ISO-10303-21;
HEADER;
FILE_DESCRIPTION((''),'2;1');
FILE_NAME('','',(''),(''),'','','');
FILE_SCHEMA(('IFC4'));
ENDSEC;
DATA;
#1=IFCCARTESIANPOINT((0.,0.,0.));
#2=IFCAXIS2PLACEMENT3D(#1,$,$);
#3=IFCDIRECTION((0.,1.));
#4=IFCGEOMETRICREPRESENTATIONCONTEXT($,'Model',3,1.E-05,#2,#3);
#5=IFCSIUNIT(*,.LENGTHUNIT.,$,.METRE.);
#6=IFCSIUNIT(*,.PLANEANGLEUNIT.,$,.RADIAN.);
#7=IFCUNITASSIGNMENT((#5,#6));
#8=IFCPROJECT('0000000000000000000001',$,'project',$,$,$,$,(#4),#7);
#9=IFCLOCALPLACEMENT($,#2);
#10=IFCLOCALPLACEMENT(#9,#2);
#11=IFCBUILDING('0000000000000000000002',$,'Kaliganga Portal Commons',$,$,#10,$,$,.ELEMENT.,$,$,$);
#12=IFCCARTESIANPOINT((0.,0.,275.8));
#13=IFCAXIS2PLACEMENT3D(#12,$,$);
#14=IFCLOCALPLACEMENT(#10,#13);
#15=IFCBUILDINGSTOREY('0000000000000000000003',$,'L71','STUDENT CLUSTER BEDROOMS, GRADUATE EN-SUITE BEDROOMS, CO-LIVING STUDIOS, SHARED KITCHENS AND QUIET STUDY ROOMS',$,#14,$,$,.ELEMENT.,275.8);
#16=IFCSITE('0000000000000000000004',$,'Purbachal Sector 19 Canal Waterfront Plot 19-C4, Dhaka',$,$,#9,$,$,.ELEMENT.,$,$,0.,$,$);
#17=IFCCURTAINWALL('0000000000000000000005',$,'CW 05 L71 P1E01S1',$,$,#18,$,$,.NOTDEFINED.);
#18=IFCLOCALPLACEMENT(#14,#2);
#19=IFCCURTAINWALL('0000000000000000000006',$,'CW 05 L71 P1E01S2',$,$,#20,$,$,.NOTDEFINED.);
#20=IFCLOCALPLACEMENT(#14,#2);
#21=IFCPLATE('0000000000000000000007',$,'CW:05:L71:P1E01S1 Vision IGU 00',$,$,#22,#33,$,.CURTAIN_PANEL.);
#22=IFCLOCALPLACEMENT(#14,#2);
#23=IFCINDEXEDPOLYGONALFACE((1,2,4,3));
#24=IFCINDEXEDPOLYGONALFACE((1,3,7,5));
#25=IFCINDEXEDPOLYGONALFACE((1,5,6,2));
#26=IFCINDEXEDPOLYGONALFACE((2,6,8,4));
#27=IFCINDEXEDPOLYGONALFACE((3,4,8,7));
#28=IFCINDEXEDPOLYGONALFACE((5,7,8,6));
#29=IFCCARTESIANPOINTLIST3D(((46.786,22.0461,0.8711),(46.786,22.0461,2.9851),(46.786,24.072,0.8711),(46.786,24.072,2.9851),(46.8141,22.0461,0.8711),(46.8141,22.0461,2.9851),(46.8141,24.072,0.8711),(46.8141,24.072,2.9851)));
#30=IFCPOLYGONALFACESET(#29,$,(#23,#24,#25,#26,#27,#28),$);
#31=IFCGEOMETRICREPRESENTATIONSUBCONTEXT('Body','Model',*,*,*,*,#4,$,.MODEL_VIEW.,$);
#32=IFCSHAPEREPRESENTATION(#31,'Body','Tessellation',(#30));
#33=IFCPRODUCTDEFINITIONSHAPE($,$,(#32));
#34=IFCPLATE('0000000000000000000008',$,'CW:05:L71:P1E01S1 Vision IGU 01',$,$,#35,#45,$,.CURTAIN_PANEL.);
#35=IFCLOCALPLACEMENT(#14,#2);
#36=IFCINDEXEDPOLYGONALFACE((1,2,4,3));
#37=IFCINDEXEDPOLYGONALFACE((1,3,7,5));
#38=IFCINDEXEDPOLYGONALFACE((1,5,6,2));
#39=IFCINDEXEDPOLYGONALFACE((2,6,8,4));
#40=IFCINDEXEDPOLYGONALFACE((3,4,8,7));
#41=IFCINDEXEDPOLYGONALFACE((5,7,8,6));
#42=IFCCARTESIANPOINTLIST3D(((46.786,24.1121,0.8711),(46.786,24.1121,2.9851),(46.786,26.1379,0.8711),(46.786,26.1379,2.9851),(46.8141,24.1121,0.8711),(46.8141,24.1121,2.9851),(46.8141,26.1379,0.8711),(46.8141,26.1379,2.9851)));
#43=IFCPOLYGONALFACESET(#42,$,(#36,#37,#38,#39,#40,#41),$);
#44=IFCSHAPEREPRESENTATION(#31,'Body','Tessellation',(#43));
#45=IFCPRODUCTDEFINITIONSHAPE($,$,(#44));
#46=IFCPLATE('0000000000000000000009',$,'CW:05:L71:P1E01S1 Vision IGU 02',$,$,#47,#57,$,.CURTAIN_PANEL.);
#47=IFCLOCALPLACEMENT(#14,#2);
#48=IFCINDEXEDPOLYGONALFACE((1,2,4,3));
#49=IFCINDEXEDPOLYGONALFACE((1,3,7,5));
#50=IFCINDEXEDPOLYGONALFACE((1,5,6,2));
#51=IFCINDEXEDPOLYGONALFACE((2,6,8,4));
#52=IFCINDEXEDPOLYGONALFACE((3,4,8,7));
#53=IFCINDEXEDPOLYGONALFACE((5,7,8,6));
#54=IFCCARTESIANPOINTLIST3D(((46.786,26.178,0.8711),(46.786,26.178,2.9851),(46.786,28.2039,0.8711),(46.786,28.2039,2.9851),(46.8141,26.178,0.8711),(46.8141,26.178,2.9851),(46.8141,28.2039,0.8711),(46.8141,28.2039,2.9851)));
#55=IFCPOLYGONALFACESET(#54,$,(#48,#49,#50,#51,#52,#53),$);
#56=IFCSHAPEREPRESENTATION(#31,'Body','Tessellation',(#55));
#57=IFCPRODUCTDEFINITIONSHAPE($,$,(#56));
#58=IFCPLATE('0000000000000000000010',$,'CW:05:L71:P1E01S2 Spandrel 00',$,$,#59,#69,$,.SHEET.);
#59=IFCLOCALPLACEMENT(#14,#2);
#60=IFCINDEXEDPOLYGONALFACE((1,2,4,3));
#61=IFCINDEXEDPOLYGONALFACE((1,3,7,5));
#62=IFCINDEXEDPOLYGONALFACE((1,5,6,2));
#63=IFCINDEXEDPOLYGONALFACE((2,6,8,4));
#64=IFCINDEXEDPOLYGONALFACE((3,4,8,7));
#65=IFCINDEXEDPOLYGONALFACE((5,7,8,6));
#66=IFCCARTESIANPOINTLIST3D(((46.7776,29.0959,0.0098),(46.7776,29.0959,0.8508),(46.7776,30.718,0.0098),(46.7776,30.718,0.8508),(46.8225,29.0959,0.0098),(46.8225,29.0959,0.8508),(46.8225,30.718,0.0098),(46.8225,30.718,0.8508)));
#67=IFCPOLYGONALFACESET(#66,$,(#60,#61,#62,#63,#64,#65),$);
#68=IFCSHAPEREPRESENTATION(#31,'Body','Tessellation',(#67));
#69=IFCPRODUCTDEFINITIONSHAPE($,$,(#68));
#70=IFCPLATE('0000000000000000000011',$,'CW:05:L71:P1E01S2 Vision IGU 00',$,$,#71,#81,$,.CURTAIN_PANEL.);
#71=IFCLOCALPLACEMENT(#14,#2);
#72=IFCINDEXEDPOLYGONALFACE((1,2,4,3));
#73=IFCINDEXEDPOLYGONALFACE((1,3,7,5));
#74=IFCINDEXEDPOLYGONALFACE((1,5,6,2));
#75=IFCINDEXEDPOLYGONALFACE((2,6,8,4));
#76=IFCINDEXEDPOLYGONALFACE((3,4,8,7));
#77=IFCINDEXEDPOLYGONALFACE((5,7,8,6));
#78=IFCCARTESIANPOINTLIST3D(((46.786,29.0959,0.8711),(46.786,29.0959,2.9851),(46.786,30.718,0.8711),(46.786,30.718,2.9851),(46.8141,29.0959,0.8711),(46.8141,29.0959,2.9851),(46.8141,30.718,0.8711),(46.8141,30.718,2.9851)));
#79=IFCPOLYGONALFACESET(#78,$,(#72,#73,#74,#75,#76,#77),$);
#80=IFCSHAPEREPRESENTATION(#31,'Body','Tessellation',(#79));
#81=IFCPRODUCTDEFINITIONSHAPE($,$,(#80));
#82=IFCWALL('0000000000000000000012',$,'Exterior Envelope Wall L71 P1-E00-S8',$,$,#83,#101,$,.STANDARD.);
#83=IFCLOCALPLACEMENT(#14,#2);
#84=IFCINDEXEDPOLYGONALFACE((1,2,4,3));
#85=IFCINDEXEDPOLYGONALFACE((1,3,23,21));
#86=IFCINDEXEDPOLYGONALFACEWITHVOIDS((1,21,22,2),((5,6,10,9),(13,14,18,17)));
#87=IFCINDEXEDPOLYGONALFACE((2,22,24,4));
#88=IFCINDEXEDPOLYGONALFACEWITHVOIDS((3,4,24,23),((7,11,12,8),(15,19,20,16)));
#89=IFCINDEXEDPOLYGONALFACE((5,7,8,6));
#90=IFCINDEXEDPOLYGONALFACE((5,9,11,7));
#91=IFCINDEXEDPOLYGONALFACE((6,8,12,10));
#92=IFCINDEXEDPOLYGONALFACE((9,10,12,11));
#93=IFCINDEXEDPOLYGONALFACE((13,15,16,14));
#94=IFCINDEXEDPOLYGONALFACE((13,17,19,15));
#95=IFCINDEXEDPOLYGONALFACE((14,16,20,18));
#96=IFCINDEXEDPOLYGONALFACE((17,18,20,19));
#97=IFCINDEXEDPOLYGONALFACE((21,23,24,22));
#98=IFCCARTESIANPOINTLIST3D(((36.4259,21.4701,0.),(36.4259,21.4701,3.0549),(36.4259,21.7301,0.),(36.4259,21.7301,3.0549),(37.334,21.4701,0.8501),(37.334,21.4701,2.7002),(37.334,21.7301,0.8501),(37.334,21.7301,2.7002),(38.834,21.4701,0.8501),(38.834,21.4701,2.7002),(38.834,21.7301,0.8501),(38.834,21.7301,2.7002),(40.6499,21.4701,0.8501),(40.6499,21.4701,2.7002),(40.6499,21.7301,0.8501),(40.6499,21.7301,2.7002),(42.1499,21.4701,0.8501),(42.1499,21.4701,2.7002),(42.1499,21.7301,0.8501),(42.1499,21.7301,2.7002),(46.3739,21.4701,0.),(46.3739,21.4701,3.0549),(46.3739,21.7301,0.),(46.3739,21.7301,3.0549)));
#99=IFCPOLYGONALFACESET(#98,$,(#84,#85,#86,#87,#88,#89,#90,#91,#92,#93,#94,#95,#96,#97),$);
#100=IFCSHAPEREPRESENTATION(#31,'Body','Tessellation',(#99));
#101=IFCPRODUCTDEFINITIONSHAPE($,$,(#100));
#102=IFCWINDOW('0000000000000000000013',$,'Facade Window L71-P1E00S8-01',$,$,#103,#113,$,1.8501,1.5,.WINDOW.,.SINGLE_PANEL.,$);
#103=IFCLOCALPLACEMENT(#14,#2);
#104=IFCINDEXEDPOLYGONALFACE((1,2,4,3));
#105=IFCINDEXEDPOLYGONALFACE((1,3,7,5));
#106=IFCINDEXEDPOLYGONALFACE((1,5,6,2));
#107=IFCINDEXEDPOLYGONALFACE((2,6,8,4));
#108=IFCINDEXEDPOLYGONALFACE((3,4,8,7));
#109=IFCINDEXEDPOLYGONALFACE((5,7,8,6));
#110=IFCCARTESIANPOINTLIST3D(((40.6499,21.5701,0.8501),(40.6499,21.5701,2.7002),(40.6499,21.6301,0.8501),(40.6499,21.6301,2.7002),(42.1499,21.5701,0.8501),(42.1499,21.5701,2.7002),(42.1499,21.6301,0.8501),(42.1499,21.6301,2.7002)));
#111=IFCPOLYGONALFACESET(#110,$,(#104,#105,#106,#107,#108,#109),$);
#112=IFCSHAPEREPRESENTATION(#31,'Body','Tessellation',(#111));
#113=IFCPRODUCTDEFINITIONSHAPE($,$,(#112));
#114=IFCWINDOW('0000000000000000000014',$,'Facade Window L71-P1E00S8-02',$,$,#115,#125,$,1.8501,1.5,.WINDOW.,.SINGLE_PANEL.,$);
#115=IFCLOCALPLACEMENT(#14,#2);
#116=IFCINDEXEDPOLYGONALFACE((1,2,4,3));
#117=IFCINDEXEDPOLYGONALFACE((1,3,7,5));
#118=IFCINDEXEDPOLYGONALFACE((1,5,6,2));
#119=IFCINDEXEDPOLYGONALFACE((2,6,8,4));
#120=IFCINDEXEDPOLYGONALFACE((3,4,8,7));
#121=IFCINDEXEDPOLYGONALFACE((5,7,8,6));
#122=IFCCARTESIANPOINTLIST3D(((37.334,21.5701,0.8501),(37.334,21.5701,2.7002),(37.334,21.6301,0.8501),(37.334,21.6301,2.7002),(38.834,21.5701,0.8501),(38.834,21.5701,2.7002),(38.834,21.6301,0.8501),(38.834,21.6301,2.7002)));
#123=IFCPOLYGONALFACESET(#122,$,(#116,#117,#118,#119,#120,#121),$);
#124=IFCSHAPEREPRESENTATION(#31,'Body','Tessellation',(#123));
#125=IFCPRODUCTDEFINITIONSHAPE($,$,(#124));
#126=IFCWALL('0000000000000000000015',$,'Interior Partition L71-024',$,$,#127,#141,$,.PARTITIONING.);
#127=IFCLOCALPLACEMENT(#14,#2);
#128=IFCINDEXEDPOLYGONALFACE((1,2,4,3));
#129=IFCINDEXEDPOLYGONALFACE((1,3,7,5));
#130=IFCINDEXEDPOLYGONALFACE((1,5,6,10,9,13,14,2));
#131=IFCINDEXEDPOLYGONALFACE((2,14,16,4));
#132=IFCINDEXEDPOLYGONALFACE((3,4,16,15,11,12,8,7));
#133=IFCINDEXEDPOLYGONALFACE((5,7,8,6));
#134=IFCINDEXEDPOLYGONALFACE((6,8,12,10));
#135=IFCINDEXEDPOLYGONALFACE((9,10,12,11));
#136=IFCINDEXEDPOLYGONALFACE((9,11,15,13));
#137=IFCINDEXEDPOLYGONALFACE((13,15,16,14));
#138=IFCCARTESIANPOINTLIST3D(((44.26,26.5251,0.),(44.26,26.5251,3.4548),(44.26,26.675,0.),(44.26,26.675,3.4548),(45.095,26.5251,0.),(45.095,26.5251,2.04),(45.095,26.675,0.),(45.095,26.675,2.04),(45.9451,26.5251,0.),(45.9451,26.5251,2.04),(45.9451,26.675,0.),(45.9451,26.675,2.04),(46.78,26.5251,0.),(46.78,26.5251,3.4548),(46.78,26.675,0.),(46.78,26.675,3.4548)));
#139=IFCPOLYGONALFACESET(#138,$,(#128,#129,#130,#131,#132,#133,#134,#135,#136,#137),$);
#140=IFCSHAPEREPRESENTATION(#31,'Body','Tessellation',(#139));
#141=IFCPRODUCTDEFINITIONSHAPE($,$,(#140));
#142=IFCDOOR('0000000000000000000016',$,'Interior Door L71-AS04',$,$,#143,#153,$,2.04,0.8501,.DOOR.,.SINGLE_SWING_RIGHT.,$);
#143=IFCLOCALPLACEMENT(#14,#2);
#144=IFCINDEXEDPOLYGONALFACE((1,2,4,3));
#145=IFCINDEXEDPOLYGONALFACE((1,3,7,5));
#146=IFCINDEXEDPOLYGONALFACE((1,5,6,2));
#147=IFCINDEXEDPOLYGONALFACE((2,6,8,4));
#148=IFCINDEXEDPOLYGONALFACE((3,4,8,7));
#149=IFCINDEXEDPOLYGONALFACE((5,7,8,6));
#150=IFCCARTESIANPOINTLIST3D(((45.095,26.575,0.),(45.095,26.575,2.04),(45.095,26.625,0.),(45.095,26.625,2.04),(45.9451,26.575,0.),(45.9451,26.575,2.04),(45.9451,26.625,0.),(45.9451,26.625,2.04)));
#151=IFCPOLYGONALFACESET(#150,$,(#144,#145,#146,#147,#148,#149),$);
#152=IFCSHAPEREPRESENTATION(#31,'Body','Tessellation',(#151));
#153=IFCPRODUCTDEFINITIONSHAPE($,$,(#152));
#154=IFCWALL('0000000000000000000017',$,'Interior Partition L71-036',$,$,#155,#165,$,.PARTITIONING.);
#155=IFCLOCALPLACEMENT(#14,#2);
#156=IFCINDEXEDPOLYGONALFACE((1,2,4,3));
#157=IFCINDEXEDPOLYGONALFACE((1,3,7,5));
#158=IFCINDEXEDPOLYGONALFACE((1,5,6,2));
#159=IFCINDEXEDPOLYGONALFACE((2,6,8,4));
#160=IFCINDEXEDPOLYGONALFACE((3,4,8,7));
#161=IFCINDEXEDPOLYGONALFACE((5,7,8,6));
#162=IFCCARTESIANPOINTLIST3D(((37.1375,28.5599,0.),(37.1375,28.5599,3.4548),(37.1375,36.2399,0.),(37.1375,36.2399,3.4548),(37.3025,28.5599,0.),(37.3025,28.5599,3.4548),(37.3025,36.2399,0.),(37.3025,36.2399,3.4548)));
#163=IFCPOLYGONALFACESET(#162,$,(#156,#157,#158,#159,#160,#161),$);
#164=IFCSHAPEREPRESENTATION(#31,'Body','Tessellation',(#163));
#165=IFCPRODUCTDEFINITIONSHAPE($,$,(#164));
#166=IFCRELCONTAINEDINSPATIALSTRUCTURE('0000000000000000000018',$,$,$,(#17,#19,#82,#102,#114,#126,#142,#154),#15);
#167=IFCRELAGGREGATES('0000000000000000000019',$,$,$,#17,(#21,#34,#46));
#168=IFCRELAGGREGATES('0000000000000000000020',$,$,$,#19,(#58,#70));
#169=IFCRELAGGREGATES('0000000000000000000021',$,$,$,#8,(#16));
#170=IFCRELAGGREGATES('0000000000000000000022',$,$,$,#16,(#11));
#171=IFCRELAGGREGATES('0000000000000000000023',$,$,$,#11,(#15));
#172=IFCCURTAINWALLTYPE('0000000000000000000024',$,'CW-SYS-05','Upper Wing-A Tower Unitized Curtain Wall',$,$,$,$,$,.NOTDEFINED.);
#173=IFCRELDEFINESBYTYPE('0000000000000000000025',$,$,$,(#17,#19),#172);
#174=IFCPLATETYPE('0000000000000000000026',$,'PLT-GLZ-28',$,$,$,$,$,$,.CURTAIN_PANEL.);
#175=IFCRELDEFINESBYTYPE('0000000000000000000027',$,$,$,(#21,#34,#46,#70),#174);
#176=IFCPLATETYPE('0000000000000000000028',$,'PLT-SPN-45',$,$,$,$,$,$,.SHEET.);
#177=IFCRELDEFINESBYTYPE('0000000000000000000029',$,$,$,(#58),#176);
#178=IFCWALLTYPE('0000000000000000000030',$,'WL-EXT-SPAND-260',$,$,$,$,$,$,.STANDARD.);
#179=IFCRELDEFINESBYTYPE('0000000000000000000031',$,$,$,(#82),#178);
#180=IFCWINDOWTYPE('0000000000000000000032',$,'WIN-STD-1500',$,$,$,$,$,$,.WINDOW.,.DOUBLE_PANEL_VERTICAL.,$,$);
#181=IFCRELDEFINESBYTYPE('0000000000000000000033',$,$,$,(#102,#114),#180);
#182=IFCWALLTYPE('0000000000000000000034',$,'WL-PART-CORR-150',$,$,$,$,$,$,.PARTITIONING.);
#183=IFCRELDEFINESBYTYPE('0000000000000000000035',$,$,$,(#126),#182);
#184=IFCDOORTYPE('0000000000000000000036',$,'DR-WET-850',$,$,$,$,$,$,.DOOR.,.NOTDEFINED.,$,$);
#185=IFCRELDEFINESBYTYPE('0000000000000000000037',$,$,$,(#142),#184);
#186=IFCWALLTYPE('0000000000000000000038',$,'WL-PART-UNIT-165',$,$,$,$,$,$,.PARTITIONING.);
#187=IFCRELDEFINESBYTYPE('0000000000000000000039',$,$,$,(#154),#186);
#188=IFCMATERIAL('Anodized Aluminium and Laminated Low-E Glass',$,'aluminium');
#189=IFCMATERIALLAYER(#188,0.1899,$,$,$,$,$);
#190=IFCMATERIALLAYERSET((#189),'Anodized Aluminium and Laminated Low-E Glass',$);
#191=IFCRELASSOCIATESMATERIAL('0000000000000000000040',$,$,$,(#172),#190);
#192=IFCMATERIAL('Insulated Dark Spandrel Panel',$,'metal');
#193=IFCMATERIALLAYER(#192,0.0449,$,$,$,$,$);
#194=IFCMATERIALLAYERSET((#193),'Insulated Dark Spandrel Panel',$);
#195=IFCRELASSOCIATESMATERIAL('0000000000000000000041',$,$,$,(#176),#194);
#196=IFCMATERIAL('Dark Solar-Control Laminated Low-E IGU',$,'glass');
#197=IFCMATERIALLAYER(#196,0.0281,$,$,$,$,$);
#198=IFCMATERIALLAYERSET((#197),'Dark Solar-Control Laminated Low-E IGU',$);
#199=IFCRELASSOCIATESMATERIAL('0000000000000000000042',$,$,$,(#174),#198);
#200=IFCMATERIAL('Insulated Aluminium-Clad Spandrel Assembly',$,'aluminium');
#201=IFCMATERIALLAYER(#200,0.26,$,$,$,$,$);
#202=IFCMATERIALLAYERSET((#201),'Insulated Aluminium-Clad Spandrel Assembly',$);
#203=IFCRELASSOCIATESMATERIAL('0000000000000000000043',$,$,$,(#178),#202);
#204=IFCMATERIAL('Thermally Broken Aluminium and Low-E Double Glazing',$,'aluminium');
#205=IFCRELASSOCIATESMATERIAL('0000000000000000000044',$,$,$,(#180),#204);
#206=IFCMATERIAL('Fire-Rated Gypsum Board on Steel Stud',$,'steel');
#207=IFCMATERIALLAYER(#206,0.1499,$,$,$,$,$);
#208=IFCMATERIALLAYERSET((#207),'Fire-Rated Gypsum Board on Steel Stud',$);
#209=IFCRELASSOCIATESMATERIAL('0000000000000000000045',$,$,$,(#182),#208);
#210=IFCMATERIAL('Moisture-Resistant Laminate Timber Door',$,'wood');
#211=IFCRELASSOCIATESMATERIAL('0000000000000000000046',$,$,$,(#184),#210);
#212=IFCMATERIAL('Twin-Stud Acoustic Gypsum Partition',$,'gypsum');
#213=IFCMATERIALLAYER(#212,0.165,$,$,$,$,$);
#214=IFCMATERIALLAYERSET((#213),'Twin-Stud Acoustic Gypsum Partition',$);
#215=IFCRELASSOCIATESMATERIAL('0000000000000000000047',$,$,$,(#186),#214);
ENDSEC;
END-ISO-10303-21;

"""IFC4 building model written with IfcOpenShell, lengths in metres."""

from ifc_helpers import new_model, si_unit, direction, frame, frame_2d, origin, origin_2d, place, context, subcontext, project, spatial, rectangle, extrude, source, transform, mapped, material, layer, layer_set, type_object, element, fill, aggregate, save


model = new_model("IFC4")

# Units and contexts
model_context = context("Model", 3, precision=1e-05, world=origin(), true_north=direction((0.0, 1.0)))
body_context = subcontext(model_context, "Body", "Model", "MODEL_VIEW")
ifc_project = project(units=[si_unit("LENGTHUNIT", "METRE"), si_unit("PLANEANGLEUNIT", "RADIAN")], contexts=[model_context])

# Site, building, storey
site_placement = place(None, origin())
site = spatial("IfcSite", under=ifc_project, at=site_placement, Name="Purbachal Sector 19 Canal Waterfront Plot 19-C4, Dhaka", CompositionType="ELEMENT", RefElevation=0.0)
building_placement = place(site_placement, origin())
building = spatial("IfcBuilding", under=site, at=building_placement, Name="Kaliganga Portal Commons", CompositionType="ELEMENT")
storey_placement = place(building_placement, frame((0.0, 0.0, 275.8)))
storey = spatial("IfcBuildingStorey", under=building, at=storey_placement, Name="L71", Description="STUDENT CLUSTER BEDROOMS, GRADUATE EN-SUITE BEDROOMS, CO-LIVING STUDIOS, SHARED KITCHENS AND QUIET STUDY ROOMS", CompositionType="ELEMENT", Elevation=275.8)

# Curtain wall
ifc_material_1 = material(Name="Anodized Aluminium and Laminated Low-E Glass", Category="aluminium")
ifc_layer_1 = layer(ifc_material_1, 0.1899)
ifc_layer_set_1 = layer_set([ifc_layer_1], Name="Anodized Aluminium and Laminated Low-E Glass")
curtain_wall_type = type_object("IfcCurtainWallType", Name="CW-SYS-05", Description="Upper Wing-A Tower Unitized Curtain Wall", PredefinedType="NOTDEFINED", material=ifc_layer_set_1)
curtain_wall_1_placement = place(storey_placement, origin())
curtain_wall_1 = element("IfcCurtainWall", 1, at=curtain_wall_1_placement, inside=storey, type_object=curtain_wall_type, Name="CW 05 L71 P1E01S1", PredefinedType="NOTDEFINED")

# Curtain wall
curtain_wall_2_placement = place(storey_placement, origin())
curtain_wall_2 = element("IfcCurtainWall", 2, at=curtain_wall_2_placement, inside=storey, type_object=curtain_wall_type, Name="CW 05 L71 P1E01S2", PredefinedType="NOTDEFINED")

# Plates
ifc_material_2 = material(Name="Insulated Dark Spandrel Panel", Category="metal")
ifc_layer_2 = layer(ifc_material_2, 0.0449)
ifc_layer_set_2 = layer_set([ifc_layer_2], Name="Insulated Dark Spandrel Panel")
plate_type_1 = type_object("IfcPlateType", Name="PLT-SPN-45", PredefinedType="SHEET", material=ifc_layer_set_2)
ifc_material_3 = material(Name="Dark Solar-Control Laminated Low-E IGU", Category="glass")
ifc_layer_3 = layer(ifc_material_3, 0.0281)
ifc_layer_set_3 = layer_set([ifc_layer_3], Name="Dark Solar-Control Laminated Low-E IGU")
plate_type_2 = type_object("IfcPlateType", Name="PLT-GLZ-28", PredefinedType="CURTAIN_PANEL", material=ifc_layer_set_3)
shared_shape_1 = source(origin(), body_context, "Body", "SweptSolid", [
    extrude(rectangle(XDim=2.0259, YDim=0.0281, at=origin_2d()), origin(), (0.0, 0.0, 1.0), 2.114),
])
plate_1_placement = place(storey_placement, frame((46.8, 23.0591, 0.8711), z_axis=(0.0, 0.0, 1.0), x_axis=(0.0, 1.0, 0.0)))
plate_1 = element("IfcPlate", 3, at=plate_1_placement, type_object=plate_type_2, Name="CW:05:L71:P1E01S1 Vision IGU 00", PredefinedType="CURTAIN_PANEL", context=body_context, shape_type="MappedRepresentation", body=[
    mapped(shared_shape_1, transform((0.0, 0.0, 0.0), x_axis=(1.0, 0.0, 0.0), y_axis=(0.0, 1.0, 0.0), z_axis=(0.0, 0.0, 1.0), scale=1.0)),
])
plate_2_placement = place(storey_placement, frame((46.8, 25.125, 0.8711), z_axis=(0.0, 0.0, 1.0), x_axis=(0.0, 1.0, 0.0)))
plate_2 = element("IfcPlate", 4, at=plate_2_placement, type_object=plate_type_2, Name="CW:05:L71:P1E01S1 Vision IGU 01", PredefinedType="CURTAIN_PANEL", context=body_context, shape_type="MappedRepresentation", body=[
    mapped(shared_shape_1, transform((0.0, 0.0, 0.0), x_axis=(1.0, 0.0, 0.0), y_axis=(0.0, 1.0, 0.0), z_axis=(0.0, 0.0, 1.0), scale=1.0)),
])
plate_3_placement = place(storey_placement, frame((46.8, 27.1909, 0.8711), z_axis=(0.0, 0.0, 1.0), x_axis=(0.0, 1.0, 0.0)))
plate_3 = element("IfcPlate", 5, at=plate_3_placement, type_object=plate_type_2, Name="CW:05:L71:P1E01S1 Vision IGU 02", PredefinedType="CURTAIN_PANEL", context=body_context, shape_type="MappedRepresentation", body=[
    mapped(shared_shape_1, transform((0.0, 0.0, 0.0), x_axis=(1.0, 0.0, 0.0), y_axis=(0.0, 1.0, 0.0), z_axis=(0.0, 0.0, 1.0), scale=1.0)),
])
aggregate(curtain_wall_1, [plate_1, plate_2, plate_3])
shared_shape_2 = source(origin(), body_context, "Body", "SweptSolid", [
    extrude(rectangle(XDim=1.6221, YDim=0.0449, at=origin_2d()), origin(), (0.0, 0.0, 1.0), 0.8411),
])
plate_4_placement = place(storey_placement, frame((46.8, 29.907, 0.0098), z_axis=(0.0, 0.0, 1.0), x_axis=(0.0, 1.0, 0.0)))
plate_4 = element("IfcPlate", 6, at=plate_4_placement, type_object=plate_type_1, Name="CW:05:L71:P1E01S2 Spandrel 00", PredefinedType="SHEET", context=body_context, shape_type="MappedRepresentation", body=[
    mapped(shared_shape_2, transform((0.0, 0.0, 0.0), x_axis=(1.0, 0.0, 0.0), y_axis=(0.0, 1.0, 0.0), z_axis=(0.0, 0.0, 1.0), scale=1.0)),
])
shared_shape_3 = source(origin(), body_context, "Body", "SweptSolid", [
    extrude(rectangle(XDim=1.6221, YDim=0.0281, at=origin_2d()), origin(), (0.0, 0.0, 1.0), 2.114),
])
plate_5_placement = place(storey_placement, frame((46.8, 29.907, 0.8711), z_axis=(0.0, 0.0, 1.0), x_axis=(0.0, 1.0, 0.0)))
plate_5 = element("IfcPlate", 7, at=plate_5_placement, type_object=plate_type_2, Name="CW:05:L71:P1E01S2 Vision IGU 00", PredefinedType="CURTAIN_PANEL", context=body_context, shape_type="MappedRepresentation", body=[
    mapped(shared_shape_3, transform((0.0, 0.0, 0.0), x_axis=(1.0, 0.0, 0.0), y_axis=(0.0, 1.0, 0.0), z_axis=(0.0, 0.0, 1.0), scale=1.0)),
])
aggregate(curtain_wall_2, [plate_4, plate_5])

# Wall, openings, windows
ifc_material_4 = material(Name="Insulated Aluminium-Clad Spandrel Assembly", Category="aluminium")
ifc_layer_4 = layer(ifc_material_4, 0.26)
ifc_layer_set_4 = layer_set([ifc_layer_4], Name="Insulated Aluminium-Clad Spandrel Assembly")
wall_type_1 = type_object("IfcWallType", Name="WL-EXT-SPAND-260", PredefinedType="STANDARD", material=ifc_layer_set_4)
wall_1_placement = place(storey_placement, frame((46.374, 21.6001, 0.0), z_axis=(0.0, 0.0, 1.0), x_axis=(-1.0, 0.0, 0.0)))
wall_1 = element("IfcWall", 8, at=wall_1_placement, inside=storey, type_object=wall_type_1, Name="Exterior Envelope Wall L71 P1-E00-S8", PredefinedType="STANDARD", context=body_context, shape_type="SweptSolid", body=[
    extrude(rectangle(XDim=9.948, YDim=0.26, at=frame_2d((4.9741, 0.0))), origin(), (0.0, 0.0, 1.0), 3.0549),
])
opening_1_placement = place(wall_1_placement, frame((4.2241, 0.0, 0.8501)))
opening_1 = element("IfcOpeningElement", 9, at=opening_1_placement, cuts=wall_1, PredefinedType="OPENING", context=body_context, shape_type="SweptSolid", body=[
    extrude(rectangle(XDim=1.5, YDim=1.8501, at=frame_2d((0.75, 0.925))), frame((0.0, 0.1401, 0.0), z_axis=(0.0, -1.0, 0.0), x_axis=(1.0, 0.0, 0.0)), (0.0, 0.0, 1.0), 0.28),
])
opening_2_placement = place(wall_1_placement, frame((7.54, 0.0, 0.8501)))
opening_2 = element("IfcOpeningElement", 10, at=opening_2_placement, cuts=wall_1, PredefinedType="OPENING", context=body_context, shape_type="SweptSolid", body=[
    extrude(rectangle(XDim=1.5, YDim=1.8501, at=frame_2d((0.75, 0.925))), frame((0.0, 0.1401, 0.0), z_axis=(0.0, -1.0, 0.0), x_axis=(1.0, 0.0, 0.0)), (0.0, 0.0, 1.0), 0.28),
])
ifc_material_5 = material(Name="Thermally Broken Aluminium and Low-E Double Glazing", Category="aluminium")
window_type = type_object("IfcWindowType", Name="WIN-STD-1500", PartitioningType="DOUBLE_PANEL_VERTICAL", PredefinedType="WINDOW", material=ifc_material_5)
window_1_placement = place(opening_1_placement, origin())
window_1 = element("IfcWindow", 11, at=window_1_placement, inside=storey, type_object=window_type, Name="Facade Window L71-P1E00S8-01", OverallHeight=1.8501, OverallWidth=1.5, PartitioningType="SINGLE_PANEL", PredefinedType="WINDOW", context=body_context, shape_type="SweptSolid", body=[
    extrude(rectangle(XDim=1.5, YDim=1.8501, at=frame_2d((0.75, 0.925))), frame((0.0, 0.03, 0.0), z_axis=(0.0, -1.0, 0.0), x_axis=(1.0, 0.0, 0.0)), (0.0, 0.0, 1.0), 0.0601),
])
fill(opening_1, window_1)
window_2_placement = place(opening_2_placement, origin())
window_2 = element("IfcWindow", 12, at=window_2_placement, inside=storey, type_object=window_type, Name="Facade Window L71-P1E00S8-02", OverallHeight=1.8501, OverallWidth=1.5, PartitioningType="SINGLE_PANEL", PredefinedType="WINDOW", context=body_context, shape_type="SweptSolid", body=[
    extrude(rectangle(XDim=1.5, YDim=1.8501, at=frame_2d((0.75, 0.925))), frame((0.0, 0.03, 0.0), z_axis=(0.0, -1.0, 0.0), x_axis=(1.0, 0.0, 0.0)), (0.0, 0.0, 1.0), 0.0601),
])
fill(opening_2, window_2)

# Wall, opening, door
ifc_material_6 = material(Name="Fire-Rated Gypsum Board on Steel Stud", Category="steel")
ifc_layer_5 = layer(ifc_material_6, 0.1499)
ifc_layer_set_5 = layer_set([ifc_layer_5], Name="Fire-Rated Gypsum Board on Steel Stud")
wall_type_2 = type_object("IfcWallType", Name="WL-PART-CORR-150", PredefinedType="PARTITIONING", material=ifc_layer_set_5)
wall_2_placement = place(storey_placement, frame((44.26, 26.6001, 0.0), z_axis=(0.0, 0.0, 1.0), x_axis=(1.0, 0.0, 0.0)))
wall_2 = element("IfcWall", 13, at=wall_2_placement, inside=storey, type_object=wall_type_2, Name="Interior Partition L71-024", PredefinedType="PARTITIONING", context=body_context, shape_type="SweptSolid", body=[
    extrude(rectangle(XDim=2.52, YDim=0.1499, at=frame_2d((1.26, 0.0))), origin(), (0.0, 0.0, 1.0), 3.4548),
])
opening_3_placement = place(wall_2_placement, frame((0.835, 0.0, 0.0)))
opening_3 = element("IfcOpeningElement", 14, at=opening_3_placement, cuts=wall_2, PredefinedType="OPENING", context=body_context, shape_type="SweptSolid", body=[
    extrude(rectangle(XDim=0.8501, YDim=2.04, at=frame_2d((0.425, 1.02))), frame((0.0, 0.085, 0.0), z_axis=(0.0, -1.0, 0.0), x_axis=(1.0, 0.0, 0.0)), (0.0, 0.0, 1.0), 0.1699),
])
ifc_material_7 = material(Name="Moisture-Resistant Laminate Timber Door", Category="wood")
door_type_1 = type_object("IfcDoorType", Name="DR-WET-850", OperationType="NOTDEFINED", PredefinedType="DOOR", material=ifc_material_7)
door_1_placement = place(opening_3_placement, origin())
door_1 = element("IfcDoor", 15, at=door_1_placement, inside=storey, type_object=door_type_1, Name="Interior Door L71-AS04", OperationType="SINGLE_SWING_RIGHT", OverallHeight=2.04, OverallWidth=0.8501, PredefinedType="DOOR", context=body_context, shape_type="SweptSolid", body=[
    extrude(rectangle(XDim=0.8501, YDim=2.04, at=frame_2d((0.425, 1.02))), frame((0.0, 0.0249, 0.0), z_axis=(0.0, -1.0, 0.0), x_axis=(1.0, 0.0, 0.0)), (0.0, 0.0, 1.0), 0.05),
])
fill(opening_3, door_1)

# Wall
ifc_material_8 = material(Name="Twin-Stud Acoustic Gypsum Partition", Category="gypsum")
ifc_layer_6 = layer(ifc_material_8, 0.165)
ifc_layer_set_6 = layer_set([ifc_layer_6], Name="Twin-Stud Acoustic Gypsum Partition")
wall_type_3 = type_object("IfcWallType", Name="WL-PART-UNIT-165", PredefinedType="PARTITIONING", material=ifc_layer_set_6)
for number, where, z_axis, x_axis, name in (
    (16, (37.22, 28.5601, 0.0), (0.0, 0.0, 1.0), (0.0, 1.0, 0.0), "Interior Partition L71-036"),
):
    element("IfcWall", number, at=place(storey_placement, frame(where, z_axis=z_axis, x_axis=x_axis)), inside=storey, type_object=wall_type_3, Name=name, PredefinedType="PARTITIONING", context=body_context, shape_type="SweptSolid", body=[
        extrude(rectangle(XDim=7.6799, YDim=0.165, at=frame_2d((3.8398, 0.0))), origin(), (0.0, 0.0, 1.0), 3.4548),
    ])

save(model, "model.ifc")
